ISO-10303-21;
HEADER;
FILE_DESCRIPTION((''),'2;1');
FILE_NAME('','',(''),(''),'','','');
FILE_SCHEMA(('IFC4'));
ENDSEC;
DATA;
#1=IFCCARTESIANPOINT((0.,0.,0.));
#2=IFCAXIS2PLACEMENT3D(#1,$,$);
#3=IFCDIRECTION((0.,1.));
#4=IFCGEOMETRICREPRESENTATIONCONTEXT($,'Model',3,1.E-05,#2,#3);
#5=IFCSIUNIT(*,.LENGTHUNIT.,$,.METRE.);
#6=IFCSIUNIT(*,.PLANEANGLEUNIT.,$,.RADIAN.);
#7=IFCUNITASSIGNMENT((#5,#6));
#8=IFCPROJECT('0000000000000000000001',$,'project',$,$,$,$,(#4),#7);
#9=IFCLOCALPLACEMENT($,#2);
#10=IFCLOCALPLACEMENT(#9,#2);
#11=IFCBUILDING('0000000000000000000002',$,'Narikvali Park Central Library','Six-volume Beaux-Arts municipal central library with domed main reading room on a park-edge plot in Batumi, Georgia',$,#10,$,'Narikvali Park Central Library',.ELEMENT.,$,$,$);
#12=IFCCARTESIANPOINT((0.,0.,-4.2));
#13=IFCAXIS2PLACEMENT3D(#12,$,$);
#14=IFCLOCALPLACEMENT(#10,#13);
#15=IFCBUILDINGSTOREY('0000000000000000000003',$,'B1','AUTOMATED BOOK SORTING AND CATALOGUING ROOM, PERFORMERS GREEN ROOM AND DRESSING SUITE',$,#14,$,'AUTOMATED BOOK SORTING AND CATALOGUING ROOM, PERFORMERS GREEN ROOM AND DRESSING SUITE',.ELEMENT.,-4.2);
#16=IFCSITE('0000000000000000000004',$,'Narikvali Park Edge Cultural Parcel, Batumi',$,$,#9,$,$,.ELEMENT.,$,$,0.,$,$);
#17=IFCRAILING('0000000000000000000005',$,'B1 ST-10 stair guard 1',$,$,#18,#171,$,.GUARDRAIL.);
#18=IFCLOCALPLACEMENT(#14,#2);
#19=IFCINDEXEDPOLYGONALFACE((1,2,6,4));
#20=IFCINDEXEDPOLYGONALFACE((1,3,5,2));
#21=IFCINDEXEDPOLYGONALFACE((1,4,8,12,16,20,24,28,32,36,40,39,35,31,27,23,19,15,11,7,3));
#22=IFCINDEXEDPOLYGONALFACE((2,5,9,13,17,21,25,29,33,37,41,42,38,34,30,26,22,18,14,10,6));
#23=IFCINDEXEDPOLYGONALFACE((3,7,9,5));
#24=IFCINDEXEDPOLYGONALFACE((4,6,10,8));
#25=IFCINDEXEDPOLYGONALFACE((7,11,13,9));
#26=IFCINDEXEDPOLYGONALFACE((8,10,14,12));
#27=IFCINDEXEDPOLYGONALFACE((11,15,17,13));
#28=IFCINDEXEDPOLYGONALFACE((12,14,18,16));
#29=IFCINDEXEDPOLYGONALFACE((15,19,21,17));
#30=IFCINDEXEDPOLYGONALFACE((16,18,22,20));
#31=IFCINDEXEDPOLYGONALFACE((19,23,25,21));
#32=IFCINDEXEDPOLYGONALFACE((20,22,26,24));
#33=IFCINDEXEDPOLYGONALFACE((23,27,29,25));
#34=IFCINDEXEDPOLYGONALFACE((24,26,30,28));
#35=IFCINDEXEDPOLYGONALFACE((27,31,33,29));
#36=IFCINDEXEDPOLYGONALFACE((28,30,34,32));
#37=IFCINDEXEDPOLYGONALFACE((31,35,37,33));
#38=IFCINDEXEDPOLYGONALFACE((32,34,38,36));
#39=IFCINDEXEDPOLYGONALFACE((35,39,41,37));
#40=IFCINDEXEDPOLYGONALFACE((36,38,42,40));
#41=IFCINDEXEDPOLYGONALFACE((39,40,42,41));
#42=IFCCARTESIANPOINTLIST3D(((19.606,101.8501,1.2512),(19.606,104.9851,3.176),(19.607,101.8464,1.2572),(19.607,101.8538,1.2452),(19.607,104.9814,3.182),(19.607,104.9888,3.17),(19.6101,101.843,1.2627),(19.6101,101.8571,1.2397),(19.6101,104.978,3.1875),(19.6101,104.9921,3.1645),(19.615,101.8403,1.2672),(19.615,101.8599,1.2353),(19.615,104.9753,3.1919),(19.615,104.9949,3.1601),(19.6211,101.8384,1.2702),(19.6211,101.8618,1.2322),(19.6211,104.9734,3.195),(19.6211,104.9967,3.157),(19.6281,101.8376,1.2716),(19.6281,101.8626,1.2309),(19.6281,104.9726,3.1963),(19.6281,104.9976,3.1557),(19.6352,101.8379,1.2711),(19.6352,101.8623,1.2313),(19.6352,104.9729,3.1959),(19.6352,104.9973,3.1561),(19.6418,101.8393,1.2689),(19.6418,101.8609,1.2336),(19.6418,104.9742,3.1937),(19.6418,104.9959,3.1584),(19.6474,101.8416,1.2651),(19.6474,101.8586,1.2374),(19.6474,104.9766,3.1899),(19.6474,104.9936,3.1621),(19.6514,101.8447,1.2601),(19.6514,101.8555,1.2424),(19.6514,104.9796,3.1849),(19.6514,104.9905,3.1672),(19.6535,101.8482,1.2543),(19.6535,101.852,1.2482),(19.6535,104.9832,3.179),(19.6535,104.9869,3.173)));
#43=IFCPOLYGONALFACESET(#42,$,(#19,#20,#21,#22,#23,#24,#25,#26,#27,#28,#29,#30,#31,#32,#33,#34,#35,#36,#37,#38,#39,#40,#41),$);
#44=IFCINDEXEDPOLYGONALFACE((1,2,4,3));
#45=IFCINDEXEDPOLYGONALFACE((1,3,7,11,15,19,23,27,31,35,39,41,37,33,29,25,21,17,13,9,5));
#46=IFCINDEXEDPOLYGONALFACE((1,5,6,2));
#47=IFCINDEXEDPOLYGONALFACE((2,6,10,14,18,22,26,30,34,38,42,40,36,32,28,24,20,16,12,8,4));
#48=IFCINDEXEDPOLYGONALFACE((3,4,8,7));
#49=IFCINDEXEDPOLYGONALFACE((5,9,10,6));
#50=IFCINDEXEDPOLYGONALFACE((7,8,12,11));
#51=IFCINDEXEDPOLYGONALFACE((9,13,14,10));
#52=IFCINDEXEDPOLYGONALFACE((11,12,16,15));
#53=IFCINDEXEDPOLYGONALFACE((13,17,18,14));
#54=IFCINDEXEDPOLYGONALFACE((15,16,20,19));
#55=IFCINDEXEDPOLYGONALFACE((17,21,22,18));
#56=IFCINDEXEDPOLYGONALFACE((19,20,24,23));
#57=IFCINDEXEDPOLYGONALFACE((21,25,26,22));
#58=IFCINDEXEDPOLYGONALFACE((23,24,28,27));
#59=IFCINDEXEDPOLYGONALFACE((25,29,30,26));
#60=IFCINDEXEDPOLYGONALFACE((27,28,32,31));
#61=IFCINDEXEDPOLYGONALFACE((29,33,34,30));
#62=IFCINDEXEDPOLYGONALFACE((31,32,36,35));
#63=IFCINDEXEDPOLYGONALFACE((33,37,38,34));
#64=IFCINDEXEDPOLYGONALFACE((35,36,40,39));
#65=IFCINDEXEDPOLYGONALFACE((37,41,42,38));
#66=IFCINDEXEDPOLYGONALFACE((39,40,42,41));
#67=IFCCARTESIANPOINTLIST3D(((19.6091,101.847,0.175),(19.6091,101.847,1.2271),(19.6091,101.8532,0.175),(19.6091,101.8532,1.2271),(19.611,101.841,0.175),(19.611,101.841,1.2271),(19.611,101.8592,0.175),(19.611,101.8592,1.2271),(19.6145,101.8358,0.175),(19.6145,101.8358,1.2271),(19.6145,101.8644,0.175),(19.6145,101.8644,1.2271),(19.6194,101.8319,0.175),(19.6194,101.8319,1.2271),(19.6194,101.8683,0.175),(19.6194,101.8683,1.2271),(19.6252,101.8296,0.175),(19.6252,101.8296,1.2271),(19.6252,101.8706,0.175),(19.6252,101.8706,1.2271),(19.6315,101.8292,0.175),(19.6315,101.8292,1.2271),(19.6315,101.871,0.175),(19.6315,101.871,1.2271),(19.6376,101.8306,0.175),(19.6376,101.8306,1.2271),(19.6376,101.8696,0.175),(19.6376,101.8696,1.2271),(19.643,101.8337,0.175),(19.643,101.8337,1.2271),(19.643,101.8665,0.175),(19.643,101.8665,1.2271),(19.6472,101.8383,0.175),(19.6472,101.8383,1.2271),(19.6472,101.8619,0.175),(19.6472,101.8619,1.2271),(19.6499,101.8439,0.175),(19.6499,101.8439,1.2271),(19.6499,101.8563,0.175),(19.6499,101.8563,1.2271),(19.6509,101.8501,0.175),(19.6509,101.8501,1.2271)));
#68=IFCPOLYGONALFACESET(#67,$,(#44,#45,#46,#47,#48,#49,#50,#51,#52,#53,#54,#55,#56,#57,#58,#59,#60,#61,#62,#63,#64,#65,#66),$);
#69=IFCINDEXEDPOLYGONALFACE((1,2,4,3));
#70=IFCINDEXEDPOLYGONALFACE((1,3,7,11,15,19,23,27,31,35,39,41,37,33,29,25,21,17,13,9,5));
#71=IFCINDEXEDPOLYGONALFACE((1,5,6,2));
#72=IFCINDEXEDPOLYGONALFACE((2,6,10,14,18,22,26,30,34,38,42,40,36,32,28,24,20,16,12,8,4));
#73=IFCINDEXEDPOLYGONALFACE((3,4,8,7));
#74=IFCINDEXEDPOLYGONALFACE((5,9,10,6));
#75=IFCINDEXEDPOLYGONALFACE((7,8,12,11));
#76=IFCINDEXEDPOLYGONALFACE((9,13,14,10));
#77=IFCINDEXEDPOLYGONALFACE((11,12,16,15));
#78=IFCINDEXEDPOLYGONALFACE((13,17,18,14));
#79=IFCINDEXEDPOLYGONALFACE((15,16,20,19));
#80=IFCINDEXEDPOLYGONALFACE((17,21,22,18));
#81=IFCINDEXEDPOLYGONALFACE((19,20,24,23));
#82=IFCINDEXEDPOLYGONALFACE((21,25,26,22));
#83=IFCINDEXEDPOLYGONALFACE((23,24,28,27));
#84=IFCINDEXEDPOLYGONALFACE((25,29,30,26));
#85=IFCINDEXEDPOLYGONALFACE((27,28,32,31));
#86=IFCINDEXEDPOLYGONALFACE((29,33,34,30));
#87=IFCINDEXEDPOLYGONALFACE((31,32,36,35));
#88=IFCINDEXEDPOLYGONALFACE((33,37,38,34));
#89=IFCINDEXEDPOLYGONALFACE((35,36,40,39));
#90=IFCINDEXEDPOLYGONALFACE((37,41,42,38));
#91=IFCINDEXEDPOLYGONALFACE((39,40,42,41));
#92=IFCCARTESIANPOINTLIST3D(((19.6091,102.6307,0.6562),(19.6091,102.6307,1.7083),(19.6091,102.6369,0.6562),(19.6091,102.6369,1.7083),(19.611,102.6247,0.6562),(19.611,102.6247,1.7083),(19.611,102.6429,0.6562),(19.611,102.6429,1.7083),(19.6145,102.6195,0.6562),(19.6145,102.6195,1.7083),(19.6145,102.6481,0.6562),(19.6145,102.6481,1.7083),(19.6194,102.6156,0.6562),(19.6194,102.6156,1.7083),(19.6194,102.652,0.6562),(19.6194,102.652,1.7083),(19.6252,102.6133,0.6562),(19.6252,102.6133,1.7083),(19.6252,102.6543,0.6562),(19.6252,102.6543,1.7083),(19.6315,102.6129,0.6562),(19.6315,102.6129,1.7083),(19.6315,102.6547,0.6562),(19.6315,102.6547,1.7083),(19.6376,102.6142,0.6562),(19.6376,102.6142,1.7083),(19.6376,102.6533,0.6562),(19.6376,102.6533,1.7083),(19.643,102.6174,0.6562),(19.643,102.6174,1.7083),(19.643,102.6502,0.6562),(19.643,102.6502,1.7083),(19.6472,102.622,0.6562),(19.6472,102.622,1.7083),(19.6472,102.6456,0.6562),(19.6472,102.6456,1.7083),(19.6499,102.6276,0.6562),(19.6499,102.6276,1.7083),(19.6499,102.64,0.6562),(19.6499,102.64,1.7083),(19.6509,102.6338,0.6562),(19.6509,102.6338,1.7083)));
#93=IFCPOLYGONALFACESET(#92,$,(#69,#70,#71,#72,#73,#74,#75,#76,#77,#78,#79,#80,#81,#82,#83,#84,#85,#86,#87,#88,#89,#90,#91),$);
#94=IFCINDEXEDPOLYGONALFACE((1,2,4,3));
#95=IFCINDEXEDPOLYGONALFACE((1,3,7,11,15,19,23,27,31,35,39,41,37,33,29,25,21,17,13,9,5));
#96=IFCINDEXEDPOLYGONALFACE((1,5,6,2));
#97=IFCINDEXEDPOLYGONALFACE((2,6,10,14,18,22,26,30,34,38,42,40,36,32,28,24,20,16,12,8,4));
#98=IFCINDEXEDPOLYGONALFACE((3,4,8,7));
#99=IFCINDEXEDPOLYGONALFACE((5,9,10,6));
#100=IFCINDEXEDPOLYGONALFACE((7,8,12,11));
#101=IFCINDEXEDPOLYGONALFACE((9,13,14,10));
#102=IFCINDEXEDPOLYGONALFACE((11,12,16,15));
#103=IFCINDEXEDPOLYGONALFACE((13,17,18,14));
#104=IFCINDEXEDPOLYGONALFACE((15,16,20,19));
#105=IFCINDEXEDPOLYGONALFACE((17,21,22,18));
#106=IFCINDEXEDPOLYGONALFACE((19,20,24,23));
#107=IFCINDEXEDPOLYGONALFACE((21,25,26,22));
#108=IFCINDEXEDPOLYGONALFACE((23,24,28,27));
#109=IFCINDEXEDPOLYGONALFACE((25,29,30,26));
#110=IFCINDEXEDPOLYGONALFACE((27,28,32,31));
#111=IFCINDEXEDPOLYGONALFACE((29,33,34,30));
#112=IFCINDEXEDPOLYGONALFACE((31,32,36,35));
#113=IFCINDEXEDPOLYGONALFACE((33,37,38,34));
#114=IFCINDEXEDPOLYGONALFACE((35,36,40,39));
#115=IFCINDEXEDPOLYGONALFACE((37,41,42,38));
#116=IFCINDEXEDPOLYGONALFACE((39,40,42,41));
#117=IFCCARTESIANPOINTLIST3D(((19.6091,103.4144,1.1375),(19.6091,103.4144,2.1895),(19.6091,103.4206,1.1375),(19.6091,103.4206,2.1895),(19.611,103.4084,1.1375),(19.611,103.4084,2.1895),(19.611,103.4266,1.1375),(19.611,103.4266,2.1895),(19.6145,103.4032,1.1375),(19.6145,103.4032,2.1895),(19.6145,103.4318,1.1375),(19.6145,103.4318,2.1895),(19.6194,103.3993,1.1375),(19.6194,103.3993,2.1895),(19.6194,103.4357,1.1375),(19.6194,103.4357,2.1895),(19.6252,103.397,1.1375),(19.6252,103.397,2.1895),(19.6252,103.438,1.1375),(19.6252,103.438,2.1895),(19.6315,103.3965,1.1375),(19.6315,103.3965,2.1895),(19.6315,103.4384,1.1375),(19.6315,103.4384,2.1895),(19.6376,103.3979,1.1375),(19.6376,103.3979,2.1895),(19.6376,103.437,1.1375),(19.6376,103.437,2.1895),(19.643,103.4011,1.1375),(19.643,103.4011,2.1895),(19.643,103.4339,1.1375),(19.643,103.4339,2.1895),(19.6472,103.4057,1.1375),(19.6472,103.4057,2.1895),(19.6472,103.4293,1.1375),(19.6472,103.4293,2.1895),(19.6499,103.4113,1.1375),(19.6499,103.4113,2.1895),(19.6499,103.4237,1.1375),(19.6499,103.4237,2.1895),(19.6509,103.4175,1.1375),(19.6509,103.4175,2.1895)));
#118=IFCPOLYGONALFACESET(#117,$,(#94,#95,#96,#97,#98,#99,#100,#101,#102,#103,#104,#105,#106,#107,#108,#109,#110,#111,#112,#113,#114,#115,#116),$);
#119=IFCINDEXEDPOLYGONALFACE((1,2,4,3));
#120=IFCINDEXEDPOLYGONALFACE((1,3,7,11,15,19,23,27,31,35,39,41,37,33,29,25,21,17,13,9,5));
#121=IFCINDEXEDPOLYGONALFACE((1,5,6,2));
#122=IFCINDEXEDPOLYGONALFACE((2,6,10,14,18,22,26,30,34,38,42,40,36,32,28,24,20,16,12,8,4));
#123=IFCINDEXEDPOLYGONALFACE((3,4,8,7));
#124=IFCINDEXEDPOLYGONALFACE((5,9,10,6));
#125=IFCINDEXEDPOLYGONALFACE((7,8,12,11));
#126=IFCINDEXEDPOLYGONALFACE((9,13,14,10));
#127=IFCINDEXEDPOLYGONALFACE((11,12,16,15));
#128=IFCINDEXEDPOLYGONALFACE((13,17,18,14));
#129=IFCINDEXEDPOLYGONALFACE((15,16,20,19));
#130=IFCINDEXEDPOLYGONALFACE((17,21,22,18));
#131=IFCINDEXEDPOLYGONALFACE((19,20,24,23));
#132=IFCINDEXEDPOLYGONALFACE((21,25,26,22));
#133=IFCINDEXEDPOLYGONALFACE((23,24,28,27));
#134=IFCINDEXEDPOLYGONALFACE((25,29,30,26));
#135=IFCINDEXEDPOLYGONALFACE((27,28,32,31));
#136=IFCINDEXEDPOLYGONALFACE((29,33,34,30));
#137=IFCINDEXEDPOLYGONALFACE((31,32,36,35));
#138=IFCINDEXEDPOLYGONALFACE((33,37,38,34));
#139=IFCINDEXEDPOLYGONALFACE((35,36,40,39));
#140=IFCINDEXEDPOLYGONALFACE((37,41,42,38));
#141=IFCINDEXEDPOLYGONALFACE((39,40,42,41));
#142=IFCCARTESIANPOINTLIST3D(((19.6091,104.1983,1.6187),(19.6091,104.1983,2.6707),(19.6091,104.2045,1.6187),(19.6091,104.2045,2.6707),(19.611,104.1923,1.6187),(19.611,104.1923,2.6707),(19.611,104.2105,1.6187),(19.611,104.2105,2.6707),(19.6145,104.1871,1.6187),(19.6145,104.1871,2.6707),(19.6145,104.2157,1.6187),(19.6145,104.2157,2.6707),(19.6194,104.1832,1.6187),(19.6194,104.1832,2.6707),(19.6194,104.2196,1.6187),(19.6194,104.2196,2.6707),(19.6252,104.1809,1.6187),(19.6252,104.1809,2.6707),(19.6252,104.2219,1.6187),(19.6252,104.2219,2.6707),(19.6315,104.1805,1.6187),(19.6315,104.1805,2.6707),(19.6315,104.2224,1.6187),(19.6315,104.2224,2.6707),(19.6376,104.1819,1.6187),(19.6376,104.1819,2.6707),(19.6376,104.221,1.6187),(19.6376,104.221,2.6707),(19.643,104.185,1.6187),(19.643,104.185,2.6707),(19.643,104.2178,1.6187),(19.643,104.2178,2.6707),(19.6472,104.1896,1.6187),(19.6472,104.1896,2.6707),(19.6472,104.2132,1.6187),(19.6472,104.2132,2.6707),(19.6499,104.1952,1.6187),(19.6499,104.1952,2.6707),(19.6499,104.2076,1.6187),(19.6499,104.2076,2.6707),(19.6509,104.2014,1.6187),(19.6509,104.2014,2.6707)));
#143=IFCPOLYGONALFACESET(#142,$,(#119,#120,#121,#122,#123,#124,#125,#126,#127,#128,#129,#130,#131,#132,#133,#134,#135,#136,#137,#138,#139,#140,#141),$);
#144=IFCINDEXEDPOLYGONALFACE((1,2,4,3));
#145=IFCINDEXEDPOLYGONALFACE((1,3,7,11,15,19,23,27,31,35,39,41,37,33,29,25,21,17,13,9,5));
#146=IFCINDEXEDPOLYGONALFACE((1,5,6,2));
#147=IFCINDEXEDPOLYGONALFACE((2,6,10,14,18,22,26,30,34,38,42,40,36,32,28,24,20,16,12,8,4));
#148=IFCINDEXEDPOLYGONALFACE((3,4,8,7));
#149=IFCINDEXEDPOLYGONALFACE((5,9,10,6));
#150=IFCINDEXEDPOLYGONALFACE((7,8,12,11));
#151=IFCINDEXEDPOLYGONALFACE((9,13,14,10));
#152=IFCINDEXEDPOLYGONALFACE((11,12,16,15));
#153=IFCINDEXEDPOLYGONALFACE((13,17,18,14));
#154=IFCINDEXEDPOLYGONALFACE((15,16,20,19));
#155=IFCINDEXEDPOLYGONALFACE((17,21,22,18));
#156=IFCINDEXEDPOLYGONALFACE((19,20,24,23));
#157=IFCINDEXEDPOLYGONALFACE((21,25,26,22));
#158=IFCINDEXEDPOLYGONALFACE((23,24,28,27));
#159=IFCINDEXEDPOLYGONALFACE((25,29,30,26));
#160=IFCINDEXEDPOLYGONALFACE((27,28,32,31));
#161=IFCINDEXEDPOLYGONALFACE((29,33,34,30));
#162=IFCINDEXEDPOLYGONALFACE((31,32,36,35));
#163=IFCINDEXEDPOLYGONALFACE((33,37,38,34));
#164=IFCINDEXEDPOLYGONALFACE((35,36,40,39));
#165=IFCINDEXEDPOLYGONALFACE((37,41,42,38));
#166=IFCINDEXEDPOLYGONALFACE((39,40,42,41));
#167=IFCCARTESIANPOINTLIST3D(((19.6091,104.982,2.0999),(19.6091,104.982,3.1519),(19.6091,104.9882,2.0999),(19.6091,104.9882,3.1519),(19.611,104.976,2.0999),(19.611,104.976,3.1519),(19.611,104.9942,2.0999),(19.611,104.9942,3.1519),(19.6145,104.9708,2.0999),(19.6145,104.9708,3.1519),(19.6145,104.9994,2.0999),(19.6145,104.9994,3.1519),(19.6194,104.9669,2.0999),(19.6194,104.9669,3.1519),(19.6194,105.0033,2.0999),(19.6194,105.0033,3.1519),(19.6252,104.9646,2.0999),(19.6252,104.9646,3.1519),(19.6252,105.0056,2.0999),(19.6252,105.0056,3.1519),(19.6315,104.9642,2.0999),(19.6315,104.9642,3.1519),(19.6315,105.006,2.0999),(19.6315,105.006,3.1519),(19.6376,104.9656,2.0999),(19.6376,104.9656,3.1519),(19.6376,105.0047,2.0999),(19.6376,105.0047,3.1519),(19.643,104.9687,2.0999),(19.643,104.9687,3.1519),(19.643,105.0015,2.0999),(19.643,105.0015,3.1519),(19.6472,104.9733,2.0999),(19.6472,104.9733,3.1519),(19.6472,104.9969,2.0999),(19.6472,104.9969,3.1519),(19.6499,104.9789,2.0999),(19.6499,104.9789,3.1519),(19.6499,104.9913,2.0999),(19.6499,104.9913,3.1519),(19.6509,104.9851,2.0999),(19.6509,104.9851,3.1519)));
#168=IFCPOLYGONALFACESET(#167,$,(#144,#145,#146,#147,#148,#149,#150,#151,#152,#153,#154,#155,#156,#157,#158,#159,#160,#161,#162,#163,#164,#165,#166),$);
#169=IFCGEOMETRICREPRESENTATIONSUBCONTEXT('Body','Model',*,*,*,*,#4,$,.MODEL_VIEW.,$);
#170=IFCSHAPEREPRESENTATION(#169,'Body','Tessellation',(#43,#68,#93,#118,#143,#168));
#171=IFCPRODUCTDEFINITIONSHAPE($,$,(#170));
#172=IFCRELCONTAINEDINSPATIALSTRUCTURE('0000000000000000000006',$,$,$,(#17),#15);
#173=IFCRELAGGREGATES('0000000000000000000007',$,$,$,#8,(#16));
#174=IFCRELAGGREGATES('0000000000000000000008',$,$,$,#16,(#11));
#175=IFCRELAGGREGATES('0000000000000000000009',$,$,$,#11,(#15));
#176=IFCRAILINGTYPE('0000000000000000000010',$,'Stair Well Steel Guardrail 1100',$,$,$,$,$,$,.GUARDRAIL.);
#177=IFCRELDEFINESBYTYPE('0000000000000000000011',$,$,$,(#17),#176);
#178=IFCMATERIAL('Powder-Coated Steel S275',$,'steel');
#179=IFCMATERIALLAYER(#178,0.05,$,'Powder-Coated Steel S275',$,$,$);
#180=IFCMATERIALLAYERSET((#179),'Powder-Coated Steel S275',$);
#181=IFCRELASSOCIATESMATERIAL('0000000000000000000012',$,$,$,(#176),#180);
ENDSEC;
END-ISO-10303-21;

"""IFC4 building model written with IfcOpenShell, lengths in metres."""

from ifc_helpers import new_model, si_unit, direction, frame, origin, origin_2d, place, context, subcontext, project, spatial, circle, extrude, material, layer, layer_set, type_object, element, save


model = new_model("IFC4")

# Units and contexts
model_context = context("Model", 3, precision=1e-05, world=origin(), true_north=direction((0.0, 1.0)))
body_context = subcontext(model_context, "Body", "Model", "MODEL_VIEW")
ifc_project = project(units=[si_unit("LENGTHUNIT", "METRE"), si_unit("PLANEANGLEUNIT", "RADIAN")], contexts=[model_context])

# Site, building, storey
site_placement = place(None, origin())
site = spatial("IfcSite", under=ifc_project, at=site_placement, Name="Narikvali Park Edge Cultural Parcel, Batumi", CompositionType="ELEMENT", RefElevation=0.0)
building_placement = place(site_placement, origin())
building = spatial("IfcBuilding", under=site, at=building_placement, Name="Narikvali Park Central Library", Description="Six-volume Beaux-Arts municipal central library with domed main reading room on a park-edge plot in Batumi, Georgia", LongName="Narikvali Park Central Library", CompositionType="ELEMENT")
storey_placement = place(building_placement, frame((0.0, 0.0, -4.2)))
storey = spatial("IfcBuildingStorey", under=building, at=storey_placement, Name="B1", Description="AUTOMATED BOOK SORTING AND CATALOGUING ROOM, PERFORMERS GREEN ROOM AND DRESSING SUITE", LongName="AUTOMATED BOOK SORTING AND CATALOGUING ROOM, PERFORMERS GREEN ROOM AND DRESSING SUITE", CompositionType="ELEMENT", Elevation=-4.2)

# Railing
ifc_material_1 = material(Name="Powder-Coated Steel S275", Category="steel")
ifc_layer_1 = layer(ifc_material_1, 0.05, Name="Powder-Coated Steel S275")
ifc_layer_set_1 = layer_set([ifc_layer_1], Name="Powder-Coated Steel S275")
railing_type_1 = type_object("IfcRailingType", Name="Stair Well Steel Guardrail 1100", PredefinedType="GUARDRAIL", material=ifc_layer_set_1)
railing_1_placement = place(storey_placement, frame((19.6299, 101.8501, 0.175)))
element("IfcRailing", 1, at=railing_1_placement, inside=storey, type_object=railing_type_1, Name="B1 ST-10 stair guard 1", PredefinedType="GUARDRAIL", context=body_context, shape_type="SweptSolid", body=[
    extrude(circle(Radius=0.0239, at=origin_2d()), frame((0.0, 0.0, 1.0762), z_axis=(0.0, 0.852196, 0.523223), x_axis=(-1.0, 0.0, 0.0)), (0.0, 0.0, 1.0), 3.6787),
    extrude(circle(Radius=0.021, at=origin_2d()), origin(), (0.0, 0.0, 1.0), 1.052),
    extrude(circle(Radius=0.021, at=origin_2d()), frame((0.0, 0.7837, 0.4812)), (0.0, 0.0, 1.0), 1.052),
    extrude(circle(Radius=0.021, at=origin_2d()), frame((0.0, 1.5674, 0.9624)), (0.0, 0.0, 1.0), 1.052),
    extrude(circle(Radius=0.021, at=origin_2d()), frame((0.0, 2.3513, 1.4436)), (0.0, 0.0, 1.0), 1.052),
    extrude(circle(Radius=0.021, at=origin_2d()), frame((0.0, 3.135, 1.9248)), (0.0, 0.0, 1.0), 1.052),
])

save(model, "model.ifc")
